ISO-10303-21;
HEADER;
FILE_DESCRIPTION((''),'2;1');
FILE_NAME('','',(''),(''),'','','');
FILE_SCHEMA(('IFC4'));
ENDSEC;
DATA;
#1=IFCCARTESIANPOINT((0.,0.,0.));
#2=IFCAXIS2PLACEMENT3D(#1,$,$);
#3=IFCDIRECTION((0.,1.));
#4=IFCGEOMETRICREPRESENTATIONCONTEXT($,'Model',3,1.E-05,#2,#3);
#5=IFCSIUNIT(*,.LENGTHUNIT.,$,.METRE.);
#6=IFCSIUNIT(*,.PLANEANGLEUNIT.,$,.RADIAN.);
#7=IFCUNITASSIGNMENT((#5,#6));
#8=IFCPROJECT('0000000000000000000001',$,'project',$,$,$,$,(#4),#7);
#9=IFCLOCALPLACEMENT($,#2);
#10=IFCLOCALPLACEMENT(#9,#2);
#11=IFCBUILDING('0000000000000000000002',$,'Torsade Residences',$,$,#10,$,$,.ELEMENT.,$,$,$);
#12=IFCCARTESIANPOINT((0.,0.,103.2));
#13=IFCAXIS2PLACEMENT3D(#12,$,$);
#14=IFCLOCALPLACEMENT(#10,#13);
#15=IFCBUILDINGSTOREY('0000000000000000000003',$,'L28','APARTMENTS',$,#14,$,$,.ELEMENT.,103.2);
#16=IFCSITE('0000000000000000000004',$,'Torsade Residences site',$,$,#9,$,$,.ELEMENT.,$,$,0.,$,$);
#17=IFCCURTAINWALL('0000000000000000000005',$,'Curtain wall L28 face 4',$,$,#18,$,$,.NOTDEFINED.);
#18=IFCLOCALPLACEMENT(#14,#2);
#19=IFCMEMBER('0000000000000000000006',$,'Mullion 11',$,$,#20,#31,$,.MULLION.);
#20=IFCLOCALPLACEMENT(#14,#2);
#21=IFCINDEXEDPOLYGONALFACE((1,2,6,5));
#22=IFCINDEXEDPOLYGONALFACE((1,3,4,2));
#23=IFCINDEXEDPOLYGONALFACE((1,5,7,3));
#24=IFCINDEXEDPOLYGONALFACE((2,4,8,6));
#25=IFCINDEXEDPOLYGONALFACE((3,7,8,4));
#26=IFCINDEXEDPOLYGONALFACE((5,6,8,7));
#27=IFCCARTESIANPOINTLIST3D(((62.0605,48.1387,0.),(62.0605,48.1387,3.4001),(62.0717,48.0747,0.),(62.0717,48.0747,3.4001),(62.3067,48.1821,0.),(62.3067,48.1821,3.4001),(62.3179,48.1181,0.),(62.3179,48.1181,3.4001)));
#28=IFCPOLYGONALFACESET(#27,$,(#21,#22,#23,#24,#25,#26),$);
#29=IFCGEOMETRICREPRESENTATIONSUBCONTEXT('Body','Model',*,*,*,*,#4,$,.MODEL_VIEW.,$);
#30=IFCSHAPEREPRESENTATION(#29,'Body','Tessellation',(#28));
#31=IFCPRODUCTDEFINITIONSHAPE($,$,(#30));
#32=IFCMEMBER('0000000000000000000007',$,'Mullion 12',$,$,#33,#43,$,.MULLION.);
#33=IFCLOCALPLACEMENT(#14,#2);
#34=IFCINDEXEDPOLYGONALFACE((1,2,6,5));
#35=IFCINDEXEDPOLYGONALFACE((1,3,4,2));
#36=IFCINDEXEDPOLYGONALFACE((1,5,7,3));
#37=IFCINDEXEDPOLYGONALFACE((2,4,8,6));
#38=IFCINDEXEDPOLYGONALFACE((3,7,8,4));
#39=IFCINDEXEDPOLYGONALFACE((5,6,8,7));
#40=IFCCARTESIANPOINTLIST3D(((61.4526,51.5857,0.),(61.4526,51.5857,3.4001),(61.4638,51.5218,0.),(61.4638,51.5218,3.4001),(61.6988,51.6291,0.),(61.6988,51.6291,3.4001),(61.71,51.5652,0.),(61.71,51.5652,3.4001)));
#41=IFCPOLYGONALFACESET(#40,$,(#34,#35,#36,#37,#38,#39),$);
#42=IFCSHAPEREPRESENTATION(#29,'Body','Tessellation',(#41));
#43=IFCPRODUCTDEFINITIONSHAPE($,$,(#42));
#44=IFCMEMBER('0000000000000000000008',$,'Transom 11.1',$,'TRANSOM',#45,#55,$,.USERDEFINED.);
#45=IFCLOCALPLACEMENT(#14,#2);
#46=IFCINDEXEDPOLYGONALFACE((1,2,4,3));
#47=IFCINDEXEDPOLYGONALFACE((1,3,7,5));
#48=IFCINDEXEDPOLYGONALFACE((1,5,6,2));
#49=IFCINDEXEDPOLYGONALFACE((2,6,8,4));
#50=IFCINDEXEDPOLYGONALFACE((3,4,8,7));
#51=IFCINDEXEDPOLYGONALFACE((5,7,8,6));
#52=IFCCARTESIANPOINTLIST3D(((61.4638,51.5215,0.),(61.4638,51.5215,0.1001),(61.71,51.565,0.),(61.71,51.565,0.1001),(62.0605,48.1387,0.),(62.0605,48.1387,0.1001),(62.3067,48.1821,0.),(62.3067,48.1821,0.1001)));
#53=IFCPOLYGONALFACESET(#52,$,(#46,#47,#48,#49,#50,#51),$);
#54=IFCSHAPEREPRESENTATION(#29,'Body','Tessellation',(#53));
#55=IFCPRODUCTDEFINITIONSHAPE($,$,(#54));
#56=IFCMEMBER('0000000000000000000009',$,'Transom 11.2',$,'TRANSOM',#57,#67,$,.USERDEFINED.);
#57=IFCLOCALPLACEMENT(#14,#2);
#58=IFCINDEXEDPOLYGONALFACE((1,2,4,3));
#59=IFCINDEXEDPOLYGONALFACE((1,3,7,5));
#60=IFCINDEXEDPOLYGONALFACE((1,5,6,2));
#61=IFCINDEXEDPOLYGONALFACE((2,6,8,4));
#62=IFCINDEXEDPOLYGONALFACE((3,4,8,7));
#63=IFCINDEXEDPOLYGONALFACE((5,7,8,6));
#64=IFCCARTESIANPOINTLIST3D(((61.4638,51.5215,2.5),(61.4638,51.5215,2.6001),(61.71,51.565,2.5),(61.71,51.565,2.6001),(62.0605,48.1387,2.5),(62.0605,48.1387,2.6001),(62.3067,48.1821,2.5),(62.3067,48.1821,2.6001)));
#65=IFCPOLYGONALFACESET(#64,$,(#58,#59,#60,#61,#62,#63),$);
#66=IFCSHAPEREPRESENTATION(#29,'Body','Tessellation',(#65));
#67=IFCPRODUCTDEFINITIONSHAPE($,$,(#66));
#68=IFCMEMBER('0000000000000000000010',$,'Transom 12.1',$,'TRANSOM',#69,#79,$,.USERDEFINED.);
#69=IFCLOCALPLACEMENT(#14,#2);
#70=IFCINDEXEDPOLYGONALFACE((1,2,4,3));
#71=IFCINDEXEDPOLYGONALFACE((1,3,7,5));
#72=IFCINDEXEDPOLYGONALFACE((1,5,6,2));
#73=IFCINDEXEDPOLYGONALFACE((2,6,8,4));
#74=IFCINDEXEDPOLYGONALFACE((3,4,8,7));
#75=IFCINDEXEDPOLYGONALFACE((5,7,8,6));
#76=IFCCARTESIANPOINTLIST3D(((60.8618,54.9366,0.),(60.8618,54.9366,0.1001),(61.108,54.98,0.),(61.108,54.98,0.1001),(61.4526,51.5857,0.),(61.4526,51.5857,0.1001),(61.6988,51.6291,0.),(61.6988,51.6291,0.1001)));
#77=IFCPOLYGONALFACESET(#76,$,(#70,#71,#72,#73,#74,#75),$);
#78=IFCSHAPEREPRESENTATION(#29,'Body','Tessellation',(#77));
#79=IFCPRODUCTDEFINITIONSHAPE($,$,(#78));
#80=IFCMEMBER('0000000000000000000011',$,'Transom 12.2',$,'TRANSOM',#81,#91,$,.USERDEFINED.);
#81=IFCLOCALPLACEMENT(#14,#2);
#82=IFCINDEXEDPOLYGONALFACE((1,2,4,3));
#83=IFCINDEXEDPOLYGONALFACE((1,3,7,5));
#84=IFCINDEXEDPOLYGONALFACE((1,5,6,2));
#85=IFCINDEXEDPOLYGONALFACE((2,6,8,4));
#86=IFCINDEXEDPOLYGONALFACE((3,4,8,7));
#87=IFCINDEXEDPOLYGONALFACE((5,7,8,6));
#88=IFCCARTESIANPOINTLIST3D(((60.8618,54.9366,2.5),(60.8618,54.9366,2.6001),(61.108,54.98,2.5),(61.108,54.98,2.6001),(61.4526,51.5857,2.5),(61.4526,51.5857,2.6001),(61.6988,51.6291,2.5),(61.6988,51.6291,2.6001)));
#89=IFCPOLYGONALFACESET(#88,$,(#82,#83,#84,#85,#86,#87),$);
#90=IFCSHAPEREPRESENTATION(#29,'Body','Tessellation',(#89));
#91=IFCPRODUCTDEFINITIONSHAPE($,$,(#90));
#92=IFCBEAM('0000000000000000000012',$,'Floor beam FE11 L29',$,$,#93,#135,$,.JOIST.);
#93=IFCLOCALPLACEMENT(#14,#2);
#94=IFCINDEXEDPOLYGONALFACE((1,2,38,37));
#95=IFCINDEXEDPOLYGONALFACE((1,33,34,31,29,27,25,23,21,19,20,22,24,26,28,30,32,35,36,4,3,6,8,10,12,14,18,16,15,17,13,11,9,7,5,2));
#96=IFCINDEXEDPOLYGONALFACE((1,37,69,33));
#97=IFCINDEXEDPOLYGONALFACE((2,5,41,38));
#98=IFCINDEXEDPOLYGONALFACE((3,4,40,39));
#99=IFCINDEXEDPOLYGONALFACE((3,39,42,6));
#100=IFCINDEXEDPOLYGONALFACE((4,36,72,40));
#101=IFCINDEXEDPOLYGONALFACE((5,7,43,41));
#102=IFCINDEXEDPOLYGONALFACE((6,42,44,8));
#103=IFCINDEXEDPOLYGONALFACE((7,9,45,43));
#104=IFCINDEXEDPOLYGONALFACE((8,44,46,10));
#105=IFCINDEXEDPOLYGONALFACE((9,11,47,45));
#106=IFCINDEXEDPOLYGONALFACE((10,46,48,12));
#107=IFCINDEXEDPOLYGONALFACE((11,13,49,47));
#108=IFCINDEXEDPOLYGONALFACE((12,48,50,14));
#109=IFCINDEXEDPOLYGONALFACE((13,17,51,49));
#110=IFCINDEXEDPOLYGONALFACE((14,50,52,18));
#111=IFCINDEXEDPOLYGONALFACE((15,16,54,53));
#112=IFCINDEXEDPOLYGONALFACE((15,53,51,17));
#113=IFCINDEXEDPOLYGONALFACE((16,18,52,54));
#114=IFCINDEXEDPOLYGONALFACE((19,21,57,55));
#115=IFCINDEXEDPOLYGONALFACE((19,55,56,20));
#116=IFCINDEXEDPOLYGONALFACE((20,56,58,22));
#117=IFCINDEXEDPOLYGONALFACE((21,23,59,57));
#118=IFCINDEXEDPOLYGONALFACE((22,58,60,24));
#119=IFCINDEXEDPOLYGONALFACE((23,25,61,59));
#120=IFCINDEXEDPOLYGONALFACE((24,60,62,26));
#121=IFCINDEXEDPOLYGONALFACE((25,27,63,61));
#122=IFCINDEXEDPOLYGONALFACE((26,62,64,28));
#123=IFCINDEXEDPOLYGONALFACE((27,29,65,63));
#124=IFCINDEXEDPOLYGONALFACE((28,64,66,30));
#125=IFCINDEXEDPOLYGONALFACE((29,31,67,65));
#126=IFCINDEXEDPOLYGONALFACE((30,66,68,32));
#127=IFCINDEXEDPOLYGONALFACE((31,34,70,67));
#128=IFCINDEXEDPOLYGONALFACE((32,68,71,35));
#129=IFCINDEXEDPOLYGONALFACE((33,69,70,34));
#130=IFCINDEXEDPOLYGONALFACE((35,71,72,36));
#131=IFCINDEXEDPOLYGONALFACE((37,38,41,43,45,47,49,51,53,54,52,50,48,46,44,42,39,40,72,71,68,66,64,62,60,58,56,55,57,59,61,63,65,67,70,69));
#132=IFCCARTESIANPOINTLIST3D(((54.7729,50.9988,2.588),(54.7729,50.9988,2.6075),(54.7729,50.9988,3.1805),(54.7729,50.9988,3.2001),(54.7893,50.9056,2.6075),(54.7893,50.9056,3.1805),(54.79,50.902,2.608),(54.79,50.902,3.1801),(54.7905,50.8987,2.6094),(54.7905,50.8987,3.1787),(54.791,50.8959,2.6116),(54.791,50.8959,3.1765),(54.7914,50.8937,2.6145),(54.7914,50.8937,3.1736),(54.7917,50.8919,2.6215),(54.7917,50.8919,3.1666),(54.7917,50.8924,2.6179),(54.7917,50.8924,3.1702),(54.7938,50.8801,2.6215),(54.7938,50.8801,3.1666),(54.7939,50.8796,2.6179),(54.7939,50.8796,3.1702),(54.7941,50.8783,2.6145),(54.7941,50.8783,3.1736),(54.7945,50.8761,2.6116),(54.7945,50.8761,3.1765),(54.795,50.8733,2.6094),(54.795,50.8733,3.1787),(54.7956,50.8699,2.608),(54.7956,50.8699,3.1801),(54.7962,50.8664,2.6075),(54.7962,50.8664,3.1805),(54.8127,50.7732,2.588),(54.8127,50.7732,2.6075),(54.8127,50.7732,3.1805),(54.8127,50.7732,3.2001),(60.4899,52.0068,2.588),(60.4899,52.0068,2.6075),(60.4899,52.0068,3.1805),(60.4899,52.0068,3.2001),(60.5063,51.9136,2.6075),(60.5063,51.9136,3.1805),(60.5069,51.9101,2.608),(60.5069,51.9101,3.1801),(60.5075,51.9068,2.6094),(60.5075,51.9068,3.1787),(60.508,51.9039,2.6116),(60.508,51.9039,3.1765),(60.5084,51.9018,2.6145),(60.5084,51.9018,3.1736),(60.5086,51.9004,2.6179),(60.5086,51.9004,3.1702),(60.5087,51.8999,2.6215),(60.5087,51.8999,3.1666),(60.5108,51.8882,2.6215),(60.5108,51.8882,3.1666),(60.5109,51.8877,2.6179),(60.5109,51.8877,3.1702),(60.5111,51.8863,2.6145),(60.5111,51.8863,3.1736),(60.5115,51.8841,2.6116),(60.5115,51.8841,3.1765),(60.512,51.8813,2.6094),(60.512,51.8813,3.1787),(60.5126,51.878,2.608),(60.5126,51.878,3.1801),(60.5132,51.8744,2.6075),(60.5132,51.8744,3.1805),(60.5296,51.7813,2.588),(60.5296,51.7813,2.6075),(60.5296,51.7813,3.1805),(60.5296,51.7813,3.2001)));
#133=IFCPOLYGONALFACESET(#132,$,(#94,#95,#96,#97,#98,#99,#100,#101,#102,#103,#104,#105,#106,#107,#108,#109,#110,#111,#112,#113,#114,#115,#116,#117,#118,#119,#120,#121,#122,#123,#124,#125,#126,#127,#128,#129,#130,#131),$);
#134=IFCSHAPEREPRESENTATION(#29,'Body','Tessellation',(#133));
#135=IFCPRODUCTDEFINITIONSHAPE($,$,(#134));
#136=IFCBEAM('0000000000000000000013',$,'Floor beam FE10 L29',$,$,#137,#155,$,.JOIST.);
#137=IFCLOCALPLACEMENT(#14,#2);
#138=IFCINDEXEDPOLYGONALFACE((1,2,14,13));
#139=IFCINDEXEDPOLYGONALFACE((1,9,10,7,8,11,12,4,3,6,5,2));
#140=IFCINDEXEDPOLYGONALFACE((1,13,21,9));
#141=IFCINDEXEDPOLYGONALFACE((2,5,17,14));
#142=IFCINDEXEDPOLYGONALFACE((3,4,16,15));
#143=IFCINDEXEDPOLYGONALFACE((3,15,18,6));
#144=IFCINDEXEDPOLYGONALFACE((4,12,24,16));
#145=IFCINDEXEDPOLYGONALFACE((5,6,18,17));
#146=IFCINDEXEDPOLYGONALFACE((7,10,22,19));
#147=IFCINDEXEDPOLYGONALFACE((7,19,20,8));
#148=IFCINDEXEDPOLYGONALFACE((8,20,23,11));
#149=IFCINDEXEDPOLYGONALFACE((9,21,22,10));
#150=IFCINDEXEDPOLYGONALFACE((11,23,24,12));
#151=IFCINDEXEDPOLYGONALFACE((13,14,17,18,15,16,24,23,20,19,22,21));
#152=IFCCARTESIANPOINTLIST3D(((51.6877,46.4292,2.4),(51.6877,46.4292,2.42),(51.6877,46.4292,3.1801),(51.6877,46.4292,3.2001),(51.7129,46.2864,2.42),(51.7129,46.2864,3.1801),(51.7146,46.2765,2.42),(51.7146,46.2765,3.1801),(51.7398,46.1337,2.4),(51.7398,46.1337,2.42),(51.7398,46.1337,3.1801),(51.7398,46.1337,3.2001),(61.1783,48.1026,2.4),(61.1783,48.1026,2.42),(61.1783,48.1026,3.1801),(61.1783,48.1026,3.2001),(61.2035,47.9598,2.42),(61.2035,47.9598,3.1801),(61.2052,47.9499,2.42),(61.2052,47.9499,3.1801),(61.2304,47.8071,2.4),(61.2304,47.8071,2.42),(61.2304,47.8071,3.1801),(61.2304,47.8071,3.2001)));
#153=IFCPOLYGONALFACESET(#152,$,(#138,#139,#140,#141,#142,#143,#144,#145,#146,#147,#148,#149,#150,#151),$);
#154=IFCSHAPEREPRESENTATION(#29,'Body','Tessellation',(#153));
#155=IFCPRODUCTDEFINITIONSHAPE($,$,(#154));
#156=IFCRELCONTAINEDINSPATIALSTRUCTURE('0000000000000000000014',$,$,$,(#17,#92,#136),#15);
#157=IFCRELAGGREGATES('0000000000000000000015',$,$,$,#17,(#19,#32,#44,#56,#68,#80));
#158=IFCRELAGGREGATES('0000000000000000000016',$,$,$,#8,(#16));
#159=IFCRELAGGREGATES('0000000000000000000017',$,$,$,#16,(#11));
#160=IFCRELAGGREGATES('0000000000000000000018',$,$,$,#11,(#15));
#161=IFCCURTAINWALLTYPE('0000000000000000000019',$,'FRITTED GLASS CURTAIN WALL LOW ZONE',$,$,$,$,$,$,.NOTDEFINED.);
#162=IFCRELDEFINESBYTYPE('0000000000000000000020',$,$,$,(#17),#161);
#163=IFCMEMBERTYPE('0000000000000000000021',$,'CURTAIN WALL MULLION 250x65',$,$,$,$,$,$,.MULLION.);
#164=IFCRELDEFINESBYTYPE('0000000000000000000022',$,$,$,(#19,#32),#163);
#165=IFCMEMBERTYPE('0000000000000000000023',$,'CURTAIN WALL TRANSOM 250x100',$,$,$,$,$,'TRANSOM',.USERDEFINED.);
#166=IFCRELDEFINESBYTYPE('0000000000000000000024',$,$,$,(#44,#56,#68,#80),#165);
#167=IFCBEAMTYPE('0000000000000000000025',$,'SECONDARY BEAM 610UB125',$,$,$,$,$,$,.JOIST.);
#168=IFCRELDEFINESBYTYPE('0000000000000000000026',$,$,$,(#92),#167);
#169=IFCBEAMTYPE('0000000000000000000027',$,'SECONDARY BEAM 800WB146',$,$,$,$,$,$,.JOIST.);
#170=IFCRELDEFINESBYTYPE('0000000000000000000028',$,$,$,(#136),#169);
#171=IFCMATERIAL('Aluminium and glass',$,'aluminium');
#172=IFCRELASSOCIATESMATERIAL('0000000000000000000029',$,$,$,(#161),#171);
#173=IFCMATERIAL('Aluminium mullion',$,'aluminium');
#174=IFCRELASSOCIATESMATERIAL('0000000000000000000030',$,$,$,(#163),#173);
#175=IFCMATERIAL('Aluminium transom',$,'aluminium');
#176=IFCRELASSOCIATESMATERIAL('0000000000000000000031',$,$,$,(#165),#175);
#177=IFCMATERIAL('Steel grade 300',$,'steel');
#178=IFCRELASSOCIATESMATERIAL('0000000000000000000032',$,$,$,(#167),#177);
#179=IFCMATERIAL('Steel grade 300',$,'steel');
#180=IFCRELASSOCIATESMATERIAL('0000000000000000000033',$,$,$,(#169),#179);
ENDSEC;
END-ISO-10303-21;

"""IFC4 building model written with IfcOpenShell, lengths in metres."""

from ifc_helpers import new_model, si_unit, direction, frame, origin, origin_2d, place, context, subcontext, project, spatial, rectangle, i_section, extrude, material, material_profile, profile_set, type_object, element, aggregate, save


model = new_model("IFC4")

# Units and contexts
model_context = context("Model", 3, precision=1e-05, world=origin(), true_north=direction((0.0, 1.0)))
body_context = subcontext(model_context, "Body", "Model", "MODEL_VIEW")
ifc_project = project(units=[si_unit("LENGTHUNIT", "METRE"), si_unit("PLANEANGLEUNIT", "RADIAN")], contexts=[model_context])

# Site, building, storey
site_placement = place(None, origin())
site = spatial("IfcSite", under=ifc_project, at=site_placement, Name="Torsade Residences site", CompositionType="ELEMENT", RefElevation=0.0)
building_placement = place(site_placement, origin())
building = spatial("IfcBuilding", under=site, at=building_placement, Name="Torsade Residences", CompositionType="ELEMENT")
storey_placement = place(building_placement, frame((0.0, 0.0, 103.2)))
storey = spatial("IfcBuildingStorey", under=building, at=storey_placement, Name="L28", Description="APARTMENTS", CompositionType="ELEMENT", Elevation=103.2)

# Curtain wall, members
ifc_material_1 = material(Name="Aluminium and glass", Category="aluminium")
curtain_wall_type = type_object("IfcCurtainWallType", Name="FRITTED GLASS CURTAIN WALL LOW ZONE", PredefinedType="NOTDEFINED", material=ifc_material_1)
curtain_wall_placement = place(storey_placement, origin())
curtain_wall = element("IfcCurtainWall", 1, at=curtain_wall_placement, inside=storey, type_object=curtain_wall_type, Name="Curtain wall L28 face 4", PredefinedType="NOTDEFINED")
ifc_material_2 = material(Name="Aluminium mullion", Category="aluminium")
ifc_material_profile_1 = material_profile(ifc_material_2, rectangle(XDim=0.25, YDim=0.0649, at=origin_2d()), Name="CURTAIN WALL MULLION 250x65")
ifc_profile_set_1 = profile_set([ifc_material_profile_1], Name="Aluminium mullion")
member_type_1 = type_object("IfcMemberType", Name="CURTAIN WALL MULLION 250x65", PredefinedType="MULLION", material=ifc_profile_set_1)
member_1_placement = place(storey_placement, frame((62.1892, 48.1284, 0.0), z_axis=(0.0, 0.0, 1.0), x_axis=(-0.984808, -0.173648, 0.0)))
member_1 = element("IfcMember", 2, at=member_1_placement, type_object=member_type_1, Name="Mullion 11", PredefinedType="MULLION", context=body_context, shape_type="SweptSolid", body=[
    extrude(rectangle(XDim=0.25, YDim=0.0649, at=origin_2d()), origin(), (0.0, 0.0, 1.0), 3.4001),
])
member_2_placement = place(storey_placement, frame((61.5813, 51.5754, 0.0), z_axis=(0.0, 0.0, 1.0), x_axis=(-0.984808, -0.173648, 0.0)))
member_2 = element("IfcMember", 3, at=member_2_placement, type_object=member_type_1, Name="Mullion 12", PredefinedType="MULLION", context=body_context, shape_type="SweptSolid", body=[
    extrude(rectangle(XDim=0.25, YDim=0.0649, at=origin_2d()), origin(), (0.0, 0.0, 1.0), 3.4001),
])
ifc_material_3 = material(Name="Aluminium transom", Category="aluminium")
ifc_material_profile_2 = material_profile(ifc_material_3, rectangle(XDim=0.25, YDim=0.1001, at=origin_2d()), Name="CURTAIN WALL TRANSOM 250x100")
ifc_profile_set_2 = profile_set([ifc_material_profile_2], Name="Aluminium transom")
member_type_2 = type_object("IfcMemberType", Name="CURTAIN WALL TRANSOM 250x100", ElementType="TRANSOM", PredefinedType="USERDEFINED", material=ifc_profile_set_2)
member_3_placement = place(storey_placement, frame((62.1836, 48.1604, 0.05), z_axis=(-0.173704, 0.984798, 0.0), x_axis=(-0.984798, -0.173704, 0.0)))
member_3 = element("IfcMember", 4, at=member_3_placement, type_object=member_type_2, Name="Transom 11.1", ObjectType="TRANSOM", PredefinedType="USERDEFINED", context=body_context, shape_type="SweptSolid", body=[
    extrude(rectangle(XDim=0.25, YDim=0.1001, at=origin_2d()), origin(), (0.0, 0.0, 1.0), 3.4351),
])
member_4_placement = place(storey_placement, frame((62.1836, 48.1604, 2.55), z_axis=(-0.173704, 0.984798, 0.0), x_axis=(-0.984798, -0.173704, 0.0)))
member_4 = element("IfcMember", 5, at=member_4_placement, type_object=member_type_2, Name="Transom 11.2", ObjectType="TRANSOM", PredefinedType="USERDEFINED", context=body_context, shape_type="SweptSolid", body=[
    extrude(rectangle(XDim=0.25, YDim=0.1001, at=origin_2d()), origin(), (0.0, 0.0, 1.0), 3.4351),
])
member_5_placement = place(storey_placement, frame((61.5757, 51.6074, 0.05), z_axis=(-0.173642, 0.984809, 0.0), x_axis=(-0.984809, -0.173642, 0.0)))
member_5 = element("IfcMember", 6, at=member_5_placement, type_object=member_type_2, Name="Transom 12.1", ObjectType="TRANSOM", PredefinedType="USERDEFINED", context=body_context, shape_type="SweptSolid", body=[
    extrude(rectangle(XDim=0.25, YDim=0.1001, at=origin_2d()), origin(), (0.0, 0.0, 1.0), 3.4026),
])
member_6_placement = place(storey_placement, frame((61.5757, 51.6074, 2.55), z_axis=(-0.173642, 0.984809, 0.0), x_axis=(-0.984809, -0.173642, 0.0)))
member_6 = element("IfcMember", 7, at=member_6_placement, type_object=member_type_2, Name="Transom 12.2", ObjectType="TRANSOM", PredefinedType="USERDEFINED", context=body_context, shape_type="SweptSolid", body=[
    extrude(rectangle(XDim=0.25, YDim=0.1001, at=origin_2d()), origin(), (0.0, 0.0, 1.0), 3.4026),
])

# Beams
ifc_material_4 = material(Name="Steel grade 300", Category="steel")
ifc_material_profile_3 = material_profile(ifc_material_4, i_section(OverallWidth=0.229, OverallDepth=0.6121, WebThickness=0.012, FlangeThickness=0.0195, FilletRadius=0.0139, at=origin_2d()), Name="610UB125")
ifc_profile_set_3 = profile_set([ifc_material_profile_3], Name="Steel grade 300")
beam_type_1 = type_object("IfcBeamType", Name="SECONDARY BEAM 610UB125", PredefinedType="JOIST", material=ifc_profile_set_3)
beam_1_placement = place(storey_placement, frame((60.5098, 51.894, 2.894), z_axis=(-0.984808, -0.173646, 0.0), x_axis=(0.173646, -0.984808, 0.0)))
element("IfcBeam", 8, at=beam_1_placement, inside=storey, type_object=beam_type_1, Name="Floor beam FE11 L29", PredefinedType="JOIST", context=body_context, shape_type="SweptSolid", body=[
    extrude(i_section(OverallWidth=0.229, OverallDepth=0.6121, WebThickness=0.012, FlangeThickness=0.0195, FilletRadius=0.0139, at=origin_2d()), origin(), (0.0, 0.0, 1.0), 5.8052),
])
ifc_material_5 = material(Name="Steel grade 300", Category="steel")
ifc_material_profile_4 = material_profile(ifc_material_5, i_section(OverallWidth=0.3, OverallDepth=0.8, WebThickness=0.01, FlangeThickness=0.02, at=origin_2d()), Name="800WB146")
ifc_profile_set_4 = profile_set([ifc_material_profile_4], Name="Steel grade 300")
beam_type_2 = type_object("IfcBeamType", Name="SECONDARY BEAM 800WB146", PredefinedType="JOIST", material=ifc_profile_set_4)
beam_2_placement = place(storey_placement, frame((61.2043, 47.9548, 2.8), z_axis=(-0.984809, -0.173639, 0.0), x_axis=(0.173639, -0.984809, 0.0)))
element("IfcBeam", 9, at=beam_2_placement, inside=storey, type_object=beam_type_2, Name="Floor beam FE10 L29", PredefinedType="JOIST", context=body_context, shape_type="SweptSolid", body=[
    extrude(i_section(OverallWidth=0.3, OverallDepth=0.8, WebThickness=0.01, FlangeThickness=0.02, at=origin_2d()), origin(), (0.0, 0.0, 1.0), 9.637),
])

aggregate(curtain_wall, [member_1, member_2, member_3, member_4, member_5, member_6])

save(model, "model.ifc")
